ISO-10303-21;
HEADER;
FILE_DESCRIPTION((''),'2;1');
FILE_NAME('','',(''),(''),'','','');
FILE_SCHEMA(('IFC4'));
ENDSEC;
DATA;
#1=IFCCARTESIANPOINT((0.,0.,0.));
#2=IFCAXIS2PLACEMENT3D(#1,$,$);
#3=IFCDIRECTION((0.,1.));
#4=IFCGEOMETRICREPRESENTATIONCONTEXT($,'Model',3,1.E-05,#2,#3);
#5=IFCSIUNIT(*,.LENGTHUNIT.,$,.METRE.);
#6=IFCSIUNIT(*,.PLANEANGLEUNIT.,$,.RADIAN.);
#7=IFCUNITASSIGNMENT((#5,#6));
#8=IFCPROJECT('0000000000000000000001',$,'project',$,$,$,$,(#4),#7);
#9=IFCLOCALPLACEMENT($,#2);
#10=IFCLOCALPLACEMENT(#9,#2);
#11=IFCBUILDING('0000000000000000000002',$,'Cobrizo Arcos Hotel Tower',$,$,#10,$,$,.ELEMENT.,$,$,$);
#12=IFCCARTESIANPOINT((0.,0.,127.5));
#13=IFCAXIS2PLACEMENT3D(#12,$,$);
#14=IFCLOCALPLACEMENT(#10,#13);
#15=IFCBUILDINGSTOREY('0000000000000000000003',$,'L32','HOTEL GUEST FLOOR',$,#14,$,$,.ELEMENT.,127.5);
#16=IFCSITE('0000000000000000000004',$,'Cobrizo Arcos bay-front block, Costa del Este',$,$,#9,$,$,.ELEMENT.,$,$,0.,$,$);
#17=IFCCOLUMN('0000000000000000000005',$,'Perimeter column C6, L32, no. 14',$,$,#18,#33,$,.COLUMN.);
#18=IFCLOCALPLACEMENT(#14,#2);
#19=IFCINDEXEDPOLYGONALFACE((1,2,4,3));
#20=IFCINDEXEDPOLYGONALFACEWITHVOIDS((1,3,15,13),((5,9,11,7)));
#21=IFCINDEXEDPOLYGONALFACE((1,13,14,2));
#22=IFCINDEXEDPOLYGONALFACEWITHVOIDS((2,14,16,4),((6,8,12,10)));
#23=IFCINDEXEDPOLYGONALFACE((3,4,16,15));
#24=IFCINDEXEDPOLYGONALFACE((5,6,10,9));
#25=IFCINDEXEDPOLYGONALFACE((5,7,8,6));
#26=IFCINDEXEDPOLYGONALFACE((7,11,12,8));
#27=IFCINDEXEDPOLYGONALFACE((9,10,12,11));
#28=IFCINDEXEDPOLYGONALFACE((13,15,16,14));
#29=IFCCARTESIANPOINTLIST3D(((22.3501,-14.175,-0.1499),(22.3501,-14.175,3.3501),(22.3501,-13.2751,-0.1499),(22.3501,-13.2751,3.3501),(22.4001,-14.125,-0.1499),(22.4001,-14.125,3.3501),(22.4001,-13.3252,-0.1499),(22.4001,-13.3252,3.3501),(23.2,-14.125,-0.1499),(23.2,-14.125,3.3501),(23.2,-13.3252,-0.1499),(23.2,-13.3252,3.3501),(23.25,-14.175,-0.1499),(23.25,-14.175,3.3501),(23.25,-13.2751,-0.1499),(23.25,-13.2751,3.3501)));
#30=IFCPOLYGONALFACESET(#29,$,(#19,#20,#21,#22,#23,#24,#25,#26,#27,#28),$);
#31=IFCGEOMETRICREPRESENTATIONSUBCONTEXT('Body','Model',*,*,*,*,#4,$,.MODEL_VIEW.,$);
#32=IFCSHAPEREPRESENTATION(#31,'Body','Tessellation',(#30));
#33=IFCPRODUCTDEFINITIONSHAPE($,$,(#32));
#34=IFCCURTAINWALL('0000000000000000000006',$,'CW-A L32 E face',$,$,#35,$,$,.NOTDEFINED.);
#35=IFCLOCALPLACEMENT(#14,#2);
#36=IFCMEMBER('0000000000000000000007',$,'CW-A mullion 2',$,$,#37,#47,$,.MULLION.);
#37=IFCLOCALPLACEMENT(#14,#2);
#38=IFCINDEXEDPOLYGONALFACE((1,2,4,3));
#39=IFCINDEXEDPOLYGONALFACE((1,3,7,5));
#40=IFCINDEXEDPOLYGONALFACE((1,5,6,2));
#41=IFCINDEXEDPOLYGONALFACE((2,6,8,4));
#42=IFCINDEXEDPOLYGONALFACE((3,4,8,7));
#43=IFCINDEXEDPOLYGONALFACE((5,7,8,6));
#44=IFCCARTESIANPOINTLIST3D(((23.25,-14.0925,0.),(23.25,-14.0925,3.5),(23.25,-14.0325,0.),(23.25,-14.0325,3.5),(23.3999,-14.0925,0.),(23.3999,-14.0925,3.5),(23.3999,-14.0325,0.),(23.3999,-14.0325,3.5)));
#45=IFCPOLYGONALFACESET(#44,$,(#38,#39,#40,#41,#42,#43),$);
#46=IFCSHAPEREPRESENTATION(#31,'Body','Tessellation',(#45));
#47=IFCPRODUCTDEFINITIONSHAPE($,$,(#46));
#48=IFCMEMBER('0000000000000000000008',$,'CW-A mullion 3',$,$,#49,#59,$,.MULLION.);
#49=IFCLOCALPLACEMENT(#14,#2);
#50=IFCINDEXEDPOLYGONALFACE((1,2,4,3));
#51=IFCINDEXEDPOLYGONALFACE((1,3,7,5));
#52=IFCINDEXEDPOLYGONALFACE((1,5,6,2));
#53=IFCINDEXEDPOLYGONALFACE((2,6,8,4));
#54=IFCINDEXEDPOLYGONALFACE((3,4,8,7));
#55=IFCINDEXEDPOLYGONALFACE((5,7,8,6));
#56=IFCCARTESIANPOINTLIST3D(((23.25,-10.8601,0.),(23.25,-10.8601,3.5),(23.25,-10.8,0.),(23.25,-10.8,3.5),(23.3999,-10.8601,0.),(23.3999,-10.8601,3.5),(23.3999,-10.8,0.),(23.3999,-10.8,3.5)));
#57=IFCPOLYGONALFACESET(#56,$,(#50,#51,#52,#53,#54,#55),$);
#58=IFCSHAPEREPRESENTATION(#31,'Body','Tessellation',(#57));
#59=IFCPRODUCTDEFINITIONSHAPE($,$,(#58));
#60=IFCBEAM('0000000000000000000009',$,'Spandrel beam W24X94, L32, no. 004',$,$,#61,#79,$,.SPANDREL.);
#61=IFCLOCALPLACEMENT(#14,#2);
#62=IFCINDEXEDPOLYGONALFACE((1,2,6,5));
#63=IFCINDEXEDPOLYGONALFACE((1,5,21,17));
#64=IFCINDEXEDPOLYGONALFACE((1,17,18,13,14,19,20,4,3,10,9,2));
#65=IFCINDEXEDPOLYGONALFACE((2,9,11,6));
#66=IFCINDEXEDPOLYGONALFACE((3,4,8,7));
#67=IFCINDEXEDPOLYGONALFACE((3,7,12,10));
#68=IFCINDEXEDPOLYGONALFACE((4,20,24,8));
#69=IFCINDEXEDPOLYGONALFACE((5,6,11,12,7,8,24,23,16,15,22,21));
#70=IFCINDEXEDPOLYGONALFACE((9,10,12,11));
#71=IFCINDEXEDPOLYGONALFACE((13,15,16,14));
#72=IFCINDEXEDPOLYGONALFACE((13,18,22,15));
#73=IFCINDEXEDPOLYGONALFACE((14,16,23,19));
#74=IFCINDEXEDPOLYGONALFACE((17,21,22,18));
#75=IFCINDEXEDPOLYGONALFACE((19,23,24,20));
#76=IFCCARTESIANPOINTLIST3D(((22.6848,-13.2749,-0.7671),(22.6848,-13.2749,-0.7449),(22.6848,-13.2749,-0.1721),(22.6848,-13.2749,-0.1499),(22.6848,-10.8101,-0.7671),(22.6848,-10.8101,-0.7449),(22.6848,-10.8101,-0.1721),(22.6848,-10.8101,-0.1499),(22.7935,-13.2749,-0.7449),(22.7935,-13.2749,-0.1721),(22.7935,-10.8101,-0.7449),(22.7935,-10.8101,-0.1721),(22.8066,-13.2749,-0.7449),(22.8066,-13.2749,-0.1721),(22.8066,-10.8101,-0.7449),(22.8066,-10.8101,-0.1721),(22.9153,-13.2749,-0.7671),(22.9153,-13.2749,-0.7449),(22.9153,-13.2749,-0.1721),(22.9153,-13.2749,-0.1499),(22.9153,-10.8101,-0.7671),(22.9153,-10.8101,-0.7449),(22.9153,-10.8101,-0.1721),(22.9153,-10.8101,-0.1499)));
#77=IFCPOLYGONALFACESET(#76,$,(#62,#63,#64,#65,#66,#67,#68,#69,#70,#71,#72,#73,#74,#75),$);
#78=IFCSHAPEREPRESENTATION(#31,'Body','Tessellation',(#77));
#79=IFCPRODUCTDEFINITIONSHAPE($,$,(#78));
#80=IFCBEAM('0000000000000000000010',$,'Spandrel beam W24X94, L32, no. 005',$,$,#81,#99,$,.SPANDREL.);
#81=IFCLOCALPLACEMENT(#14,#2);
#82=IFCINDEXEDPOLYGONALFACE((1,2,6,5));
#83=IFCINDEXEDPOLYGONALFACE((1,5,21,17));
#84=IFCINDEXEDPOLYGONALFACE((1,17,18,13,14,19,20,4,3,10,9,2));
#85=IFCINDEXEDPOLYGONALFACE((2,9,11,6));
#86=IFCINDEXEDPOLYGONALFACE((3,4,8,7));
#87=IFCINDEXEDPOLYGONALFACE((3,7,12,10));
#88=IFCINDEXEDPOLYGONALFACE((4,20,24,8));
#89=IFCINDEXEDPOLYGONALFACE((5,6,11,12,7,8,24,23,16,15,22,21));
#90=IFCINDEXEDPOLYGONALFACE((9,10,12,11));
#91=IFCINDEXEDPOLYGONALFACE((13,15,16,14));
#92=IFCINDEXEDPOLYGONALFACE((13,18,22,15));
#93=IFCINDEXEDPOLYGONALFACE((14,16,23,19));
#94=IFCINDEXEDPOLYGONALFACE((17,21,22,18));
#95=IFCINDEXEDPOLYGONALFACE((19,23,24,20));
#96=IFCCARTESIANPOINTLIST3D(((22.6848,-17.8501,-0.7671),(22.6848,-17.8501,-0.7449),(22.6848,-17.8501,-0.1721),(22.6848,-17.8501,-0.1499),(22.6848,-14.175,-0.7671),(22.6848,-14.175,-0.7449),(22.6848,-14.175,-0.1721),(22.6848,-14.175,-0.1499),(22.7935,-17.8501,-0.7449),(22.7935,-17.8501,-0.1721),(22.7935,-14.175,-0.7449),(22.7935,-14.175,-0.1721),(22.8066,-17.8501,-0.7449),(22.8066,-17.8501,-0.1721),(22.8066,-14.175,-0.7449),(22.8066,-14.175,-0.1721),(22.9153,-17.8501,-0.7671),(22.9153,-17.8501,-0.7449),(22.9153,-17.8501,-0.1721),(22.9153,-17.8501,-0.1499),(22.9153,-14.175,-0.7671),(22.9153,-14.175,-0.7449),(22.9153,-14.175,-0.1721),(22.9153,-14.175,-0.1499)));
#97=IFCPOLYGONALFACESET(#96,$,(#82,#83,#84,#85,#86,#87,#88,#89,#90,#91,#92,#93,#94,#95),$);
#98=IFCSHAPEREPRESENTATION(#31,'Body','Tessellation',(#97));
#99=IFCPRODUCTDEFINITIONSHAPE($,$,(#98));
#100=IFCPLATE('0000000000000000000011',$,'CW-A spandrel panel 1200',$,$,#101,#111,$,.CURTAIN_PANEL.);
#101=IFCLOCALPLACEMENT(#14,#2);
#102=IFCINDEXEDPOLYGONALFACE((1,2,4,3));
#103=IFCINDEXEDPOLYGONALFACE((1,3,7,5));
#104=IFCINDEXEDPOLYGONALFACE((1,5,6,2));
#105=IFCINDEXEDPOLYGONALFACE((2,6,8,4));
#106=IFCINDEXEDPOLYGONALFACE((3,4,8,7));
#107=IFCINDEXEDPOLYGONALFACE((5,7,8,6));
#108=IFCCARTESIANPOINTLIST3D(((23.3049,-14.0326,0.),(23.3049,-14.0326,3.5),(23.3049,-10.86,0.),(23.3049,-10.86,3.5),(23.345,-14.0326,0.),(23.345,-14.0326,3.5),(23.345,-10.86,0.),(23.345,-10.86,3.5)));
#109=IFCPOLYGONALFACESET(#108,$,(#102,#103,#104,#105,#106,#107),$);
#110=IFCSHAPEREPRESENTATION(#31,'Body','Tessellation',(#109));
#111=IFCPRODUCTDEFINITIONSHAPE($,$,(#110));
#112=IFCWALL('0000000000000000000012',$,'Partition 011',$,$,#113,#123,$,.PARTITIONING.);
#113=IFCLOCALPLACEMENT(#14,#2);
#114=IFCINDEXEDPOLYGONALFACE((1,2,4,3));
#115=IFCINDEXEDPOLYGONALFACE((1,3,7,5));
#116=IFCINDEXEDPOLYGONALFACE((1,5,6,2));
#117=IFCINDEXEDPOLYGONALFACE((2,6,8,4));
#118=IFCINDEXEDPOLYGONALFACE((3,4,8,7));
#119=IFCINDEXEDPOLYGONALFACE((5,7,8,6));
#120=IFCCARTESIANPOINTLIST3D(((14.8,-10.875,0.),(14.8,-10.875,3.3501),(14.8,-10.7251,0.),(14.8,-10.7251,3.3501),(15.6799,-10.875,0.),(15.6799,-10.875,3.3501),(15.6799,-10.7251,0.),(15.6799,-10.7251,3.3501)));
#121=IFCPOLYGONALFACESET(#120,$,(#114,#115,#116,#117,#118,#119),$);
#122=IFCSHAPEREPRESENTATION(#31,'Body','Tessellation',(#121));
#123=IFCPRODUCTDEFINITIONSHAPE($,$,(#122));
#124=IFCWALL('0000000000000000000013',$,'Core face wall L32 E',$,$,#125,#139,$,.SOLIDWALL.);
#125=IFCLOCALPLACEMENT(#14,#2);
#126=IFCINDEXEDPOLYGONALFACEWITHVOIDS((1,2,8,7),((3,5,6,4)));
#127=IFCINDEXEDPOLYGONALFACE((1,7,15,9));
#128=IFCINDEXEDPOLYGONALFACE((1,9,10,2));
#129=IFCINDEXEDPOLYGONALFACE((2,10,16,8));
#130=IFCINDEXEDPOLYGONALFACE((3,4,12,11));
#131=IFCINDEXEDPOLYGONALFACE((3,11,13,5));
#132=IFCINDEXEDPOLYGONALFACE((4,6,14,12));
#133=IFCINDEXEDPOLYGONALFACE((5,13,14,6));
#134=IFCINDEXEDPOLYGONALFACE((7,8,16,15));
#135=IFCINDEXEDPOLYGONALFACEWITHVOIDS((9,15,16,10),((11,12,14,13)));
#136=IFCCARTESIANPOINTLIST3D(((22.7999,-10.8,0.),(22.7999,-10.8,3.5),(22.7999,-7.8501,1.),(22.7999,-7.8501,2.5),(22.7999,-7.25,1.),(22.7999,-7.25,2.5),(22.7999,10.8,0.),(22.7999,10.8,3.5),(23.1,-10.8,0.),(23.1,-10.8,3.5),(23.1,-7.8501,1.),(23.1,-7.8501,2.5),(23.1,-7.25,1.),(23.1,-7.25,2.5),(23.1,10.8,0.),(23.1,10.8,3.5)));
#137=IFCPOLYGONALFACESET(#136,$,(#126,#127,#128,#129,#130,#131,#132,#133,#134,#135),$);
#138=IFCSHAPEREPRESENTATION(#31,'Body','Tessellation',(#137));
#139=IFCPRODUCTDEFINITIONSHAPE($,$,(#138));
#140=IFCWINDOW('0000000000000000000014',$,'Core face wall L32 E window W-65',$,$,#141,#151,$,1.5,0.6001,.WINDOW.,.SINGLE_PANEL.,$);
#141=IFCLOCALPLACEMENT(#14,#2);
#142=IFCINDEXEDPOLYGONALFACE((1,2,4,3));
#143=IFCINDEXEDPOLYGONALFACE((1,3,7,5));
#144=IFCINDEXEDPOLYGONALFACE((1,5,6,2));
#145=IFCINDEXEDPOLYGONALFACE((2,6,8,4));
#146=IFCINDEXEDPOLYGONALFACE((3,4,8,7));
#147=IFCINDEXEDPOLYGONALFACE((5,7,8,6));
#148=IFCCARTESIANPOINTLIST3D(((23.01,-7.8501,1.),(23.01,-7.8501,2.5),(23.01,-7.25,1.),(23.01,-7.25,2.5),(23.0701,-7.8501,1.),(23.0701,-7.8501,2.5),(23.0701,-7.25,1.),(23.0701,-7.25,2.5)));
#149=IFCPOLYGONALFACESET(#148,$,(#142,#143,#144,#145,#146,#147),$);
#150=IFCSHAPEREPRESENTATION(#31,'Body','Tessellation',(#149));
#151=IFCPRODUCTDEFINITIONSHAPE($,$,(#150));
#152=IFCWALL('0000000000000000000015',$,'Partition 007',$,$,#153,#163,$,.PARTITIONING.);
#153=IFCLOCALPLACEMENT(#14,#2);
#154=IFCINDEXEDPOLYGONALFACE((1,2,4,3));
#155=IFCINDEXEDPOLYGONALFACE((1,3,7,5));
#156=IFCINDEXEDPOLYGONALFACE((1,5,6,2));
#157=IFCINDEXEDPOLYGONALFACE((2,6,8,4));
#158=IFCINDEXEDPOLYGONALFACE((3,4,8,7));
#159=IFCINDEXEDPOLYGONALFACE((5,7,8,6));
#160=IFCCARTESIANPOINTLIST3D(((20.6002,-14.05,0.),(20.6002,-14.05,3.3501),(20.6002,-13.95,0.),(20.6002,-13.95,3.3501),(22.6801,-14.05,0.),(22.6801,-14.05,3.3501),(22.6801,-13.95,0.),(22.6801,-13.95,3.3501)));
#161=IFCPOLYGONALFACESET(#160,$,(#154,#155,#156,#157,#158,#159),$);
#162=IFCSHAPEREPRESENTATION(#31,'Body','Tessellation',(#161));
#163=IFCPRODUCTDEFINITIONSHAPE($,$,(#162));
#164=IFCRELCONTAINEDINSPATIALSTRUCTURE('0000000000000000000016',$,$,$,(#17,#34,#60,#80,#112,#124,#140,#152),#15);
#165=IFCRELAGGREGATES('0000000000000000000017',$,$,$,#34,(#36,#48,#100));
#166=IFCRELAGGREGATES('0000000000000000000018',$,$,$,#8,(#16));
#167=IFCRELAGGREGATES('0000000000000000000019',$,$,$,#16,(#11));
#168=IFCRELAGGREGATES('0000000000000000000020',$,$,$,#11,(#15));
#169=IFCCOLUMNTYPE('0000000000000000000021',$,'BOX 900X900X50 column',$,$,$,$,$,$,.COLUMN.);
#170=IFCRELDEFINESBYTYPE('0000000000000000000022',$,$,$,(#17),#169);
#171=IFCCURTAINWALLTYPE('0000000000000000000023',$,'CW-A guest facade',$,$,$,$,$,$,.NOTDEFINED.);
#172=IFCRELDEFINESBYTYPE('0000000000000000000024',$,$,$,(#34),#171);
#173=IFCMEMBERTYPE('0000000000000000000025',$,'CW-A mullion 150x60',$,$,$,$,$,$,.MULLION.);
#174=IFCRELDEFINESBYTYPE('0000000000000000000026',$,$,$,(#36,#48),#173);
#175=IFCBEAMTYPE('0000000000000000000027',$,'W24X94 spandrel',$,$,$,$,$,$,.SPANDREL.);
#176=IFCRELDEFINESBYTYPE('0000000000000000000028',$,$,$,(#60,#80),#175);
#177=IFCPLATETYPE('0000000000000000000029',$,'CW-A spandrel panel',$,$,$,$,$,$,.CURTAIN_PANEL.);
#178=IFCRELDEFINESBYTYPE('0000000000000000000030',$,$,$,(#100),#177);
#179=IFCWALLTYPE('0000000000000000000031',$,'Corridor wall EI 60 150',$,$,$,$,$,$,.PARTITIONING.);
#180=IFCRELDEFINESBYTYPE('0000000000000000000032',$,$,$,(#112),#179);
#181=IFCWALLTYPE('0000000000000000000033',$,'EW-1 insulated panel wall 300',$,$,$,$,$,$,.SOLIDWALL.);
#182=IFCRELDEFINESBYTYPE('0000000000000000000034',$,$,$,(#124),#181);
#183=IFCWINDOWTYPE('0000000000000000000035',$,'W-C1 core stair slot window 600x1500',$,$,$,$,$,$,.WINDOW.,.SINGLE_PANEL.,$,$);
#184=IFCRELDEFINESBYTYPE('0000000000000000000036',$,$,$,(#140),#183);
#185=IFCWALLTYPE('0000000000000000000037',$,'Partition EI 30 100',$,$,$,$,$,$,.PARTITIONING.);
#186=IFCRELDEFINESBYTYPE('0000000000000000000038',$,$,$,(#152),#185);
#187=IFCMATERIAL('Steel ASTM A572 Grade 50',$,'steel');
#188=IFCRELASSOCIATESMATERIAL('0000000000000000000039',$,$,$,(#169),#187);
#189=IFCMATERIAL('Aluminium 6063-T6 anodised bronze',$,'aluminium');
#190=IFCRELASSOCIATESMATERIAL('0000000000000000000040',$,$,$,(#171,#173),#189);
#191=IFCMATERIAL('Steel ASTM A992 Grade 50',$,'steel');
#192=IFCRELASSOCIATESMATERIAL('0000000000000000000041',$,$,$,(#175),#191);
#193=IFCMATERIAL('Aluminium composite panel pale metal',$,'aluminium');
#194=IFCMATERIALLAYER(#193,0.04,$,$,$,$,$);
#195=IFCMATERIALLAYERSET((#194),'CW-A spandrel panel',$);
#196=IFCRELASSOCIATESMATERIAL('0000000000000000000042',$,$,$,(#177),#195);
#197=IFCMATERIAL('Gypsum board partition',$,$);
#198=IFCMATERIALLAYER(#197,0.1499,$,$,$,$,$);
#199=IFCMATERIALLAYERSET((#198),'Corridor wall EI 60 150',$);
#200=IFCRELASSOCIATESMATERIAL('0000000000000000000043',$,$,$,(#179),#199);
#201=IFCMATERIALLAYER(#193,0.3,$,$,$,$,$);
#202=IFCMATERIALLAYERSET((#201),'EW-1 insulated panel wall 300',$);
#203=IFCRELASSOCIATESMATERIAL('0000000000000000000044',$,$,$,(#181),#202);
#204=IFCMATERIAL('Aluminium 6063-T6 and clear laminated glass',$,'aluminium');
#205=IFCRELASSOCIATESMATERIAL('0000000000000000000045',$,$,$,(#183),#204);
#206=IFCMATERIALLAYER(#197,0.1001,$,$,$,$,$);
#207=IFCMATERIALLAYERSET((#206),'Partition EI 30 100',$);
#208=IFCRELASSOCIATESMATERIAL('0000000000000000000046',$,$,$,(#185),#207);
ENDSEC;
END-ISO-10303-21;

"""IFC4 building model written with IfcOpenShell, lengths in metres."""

from ifc_helpers import new_model, si_unit, direction, frame, frame_2d, origin, origin_2d, place, context, subcontext, project, spatial, rectangle, hollow_rectangle, i_section, extrude, material, layer, layer_set, material_profile, profile_set, type_object, element, fill, aggregate, save


model = new_model("IFC4")

# Units and contexts
model_context = context("Model", 3, precision=1e-05, world=origin(), true_north=direction((0.0, 1.0)))
body_context = subcontext(model_context, "Body", "Model", "MODEL_VIEW")
ifc_project = project(units=[si_unit("LENGTHUNIT", "METRE"), si_unit("PLANEANGLEUNIT", "RADIAN")], contexts=[model_context])

# Site, building, storey
site_placement = place(None, origin())
site = spatial("IfcSite", under=ifc_project, at=site_placement, Name="Cobrizo Arcos bay-front block, Costa del Este", CompositionType="ELEMENT", RefElevation=0.0)
building_placement = place(site_placement, origin())
building = spatial("IfcBuilding", under=site, at=building_placement, Name="Cobrizo Arcos Hotel Tower", CompositionType="ELEMENT")
storey_placement = place(building_placement, frame((0.0, 0.0, 127.5)))
storey = spatial("IfcBuildingStorey", under=building, at=storey_placement, Name="L32", Description="HOTEL GUEST FLOOR", CompositionType="ELEMENT", Elevation=127.5)

# Column
ifc_material_1 = material(Name="Steel ASTM A572 Grade 50", Category="steel")
ifc_material_profile_1 = material_profile(ifc_material_1, hollow_rectangle(XDim=0.8999, YDim=0.8999, WallThickness=0.05, at=origin_2d()), Name="BOX 900X900X50")
ifc_profile_set_1 = profile_set([ifc_material_profile_1], Name="Steel ASTM A572 Grade 50")
column_type = type_object("IfcColumnType", Name="BOX 900X900X50 column", PredefinedType="COLUMN", material=ifc_profile_set_1)
column_placement = place(storey_placement, frame((22.8, -13.7251, -0.1499), z_axis=(0.0, 0.0, 1.0), x_axis=(1.0, 0.0, 0.0)))
element("IfcColumn", 1, at=column_placement, inside=storey, type_object=column_type, Name="Perimeter column C6, L32, no. 14", PredefinedType="COLUMN", context=body_context, shape_type="SweptSolid", body=[
    extrude(hollow_rectangle(XDim=0.8999, YDim=0.8999, WallThickness=0.05, at=origin_2d()), origin(), (0.0, 0.0, 1.0), 3.5),
])

# Curtain wall, members
ifc_material_2 = material(Name="Aluminium 6063-T6 anodised bronze", Category="aluminium")
curtain_wall_type = type_object("IfcCurtainWallType", Name="CW-A guest facade", PredefinedType="NOTDEFINED", material=ifc_material_2)
curtain_wall_placement = place(storey_placement, origin())
curtain_wall = element("IfcCurtainWall", 2, at=curtain_wall_placement, inside=storey, type_object=curtain_wall_type, Name="CW-A L32 E face", PredefinedType="NOTDEFINED")
ifc_material_profile_2 = material_profile(ifc_material_2, rectangle(XDim=0.1499, YDim=0.0601, at=origin_2d()), Name="CW-A mullion 150x60")
ifc_profile_set_2 = profile_set([ifc_material_profile_2], Name="Aluminium 6063-T6 anodised bronze")
member_type = type_object("IfcMemberType", Name="CW-A mullion 150x60", PredefinedType="MULLION", material=ifc_profile_set_2)
member_1_placement = place(storey_placement, frame((23.325, -14.0625, 0.0), z_axis=(0.0, 0.0, 1.0), x_axis=(1.0, 0.0, 0.0)))
member_1 = element("IfcMember", 3, at=member_1_placement, type_object=member_type, Name="CW-A mullion 2", PredefinedType="MULLION", context=body_context, shape_type="SweptSolid", body=[
    extrude(rectangle(XDim=0.1499, YDim=0.0601, at=origin_2d()), origin(), (0.0, 0.0, 1.0), 3.5),
])
member_2_placement = place(storey_placement, frame((23.325, -10.8301, 0.0), z_axis=(0.0, 0.0, 1.0), x_axis=(1.0, 0.0, 0.0)))
member_2 = element("IfcMember", 4, at=member_2_placement, type_object=member_type, Name="CW-A mullion 3", PredefinedType="MULLION", context=body_context, shape_type="SweptSolid", body=[
    extrude(rectangle(XDim=0.1499, YDim=0.0601, at=origin_2d()), origin(), (0.0, 0.0, 1.0), 3.5),
])

# Beams
ifc_material_3 = material(Name="Steel ASTM A992 Grade 50", Category="steel")
ifc_material_profile_3 = material_profile(ifc_material_3, i_section(OverallWidth=0.2305, OverallDepth=0.6172, WebThickness=0.0132, FlangeThickness=0.0222, at=origin_2d()), Name="W24X94")
ifc_profile_set_3 = profile_set([ifc_material_profile_3], Name="Steel ASTM A992 Grade 50")
beam_type = type_object("IfcBeamType", Name="W24X94 spandrel", PredefinedType="SPANDREL", material=ifc_profile_set_3)
beam_1_placement = place(storey_placement, frame((22.8, -10.8101, -0.4585), z_axis=(0.0, -1.0, 0.0), x_axis=(1.0, 0.0, 0.0)))
element("IfcBeam", 5, at=beam_1_placement, inside=storey, type_object=beam_type, Name="Spandrel beam W24X94, L32, no. 004", PredefinedType="SPANDREL", context=body_context, shape_type="SweptSolid", body=[
    extrude(i_section(OverallWidth=0.2305, OverallDepth=0.6172, WebThickness=0.0132, FlangeThickness=0.0222, at=origin_2d()), origin(), (0.0, 0.0, 1.0), 2.4648),
])
beam_2_placement = place(storey_placement, frame((22.8, -14.175, -0.4585), z_axis=(0.0, -1.0, 0.0), x_axis=(1.0, 0.0, 0.0)))
element("IfcBeam", 6, at=beam_2_placement, inside=storey, type_object=beam_type, Name="Spandrel beam W24X94, L32, no. 005", PredefinedType="SPANDREL", context=body_context, shape_type="SweptSolid", body=[
    extrude(i_section(OverallWidth=0.2305, OverallDepth=0.6172, WebThickness=0.0132, FlangeThickness=0.0222, at=origin_2d()), origin(), (0.0, 0.0, 1.0), 3.675),
])

# Plate
ifc_material_4 = material(Name="Aluminium composite panel pale metal", Category="aluminium")
ifc_layer_1 = layer(ifc_material_4, 0.04)
ifc_layer_set_1 = layer_set([ifc_layer_1], Name="CW-A spandrel panel")
plate_type = type_object("IfcPlateType", Name="CW-A spandrel panel", PredefinedType="CURTAIN_PANEL", material=ifc_layer_set_1)
plate_placement = place(storey_placement, frame((23.325, -12.4463, 0.0), z_axis=(0.0, 0.0, 1.0), x_axis=(0.0, 1.0, 0.0)))
plate = element("IfcPlate", 7, at=plate_placement, type_object=plate_type, Name="CW-A spandrel panel 1200", PredefinedType="CURTAIN_PANEL", context=body_context, shape_type="SweptSolid", body=[
    extrude(rectangle(XDim=3.1726, YDim=0.04, at=origin_2d()), origin(), (0.0, 0.0, 1.0), 3.5),
])
aggregate(curtain_wall, [member_1, member_2, plate])

# Wall
ifc_material_5 = material(Name="Gypsum board partition")
ifc_layer_2 = layer(ifc_material_5, 0.1499)
ifc_layer_set_2 = layer_set([ifc_layer_2], Name="Corridor wall EI 60 150")
wall_type_1 = type_object("IfcWallType", Name="Corridor wall EI 60 150", PredefinedType="PARTITIONING", material=ifc_layer_set_2)
wall_1_placement = place(storey_placement, frame((14.8, -10.8, 0.0), z_axis=(0.0, 0.0, 1.0), x_axis=(1.0, 0.0, 0.0)))
element("IfcWall", 8, at=wall_1_placement, inside=storey, type_object=wall_type_1, Name="Partition 011", PredefinedType="PARTITIONING", context=body_context, shape_type="SweptSolid", body=[
    extrude(rectangle(XDim=0.8799, YDim=0.1499, at=frame_2d((0.4399, 0.0))), origin(), (0.0, 0.0, 1.0), 3.3501),
])

# Wall, opening, window
ifc_layer_3 = layer(ifc_material_4, 0.3)
ifc_layer_set_3 = layer_set([ifc_layer_3], Name="EW-1 insulated panel wall 300")
wall_type_2 = type_object("IfcWallType", Name="EW-1 insulated panel wall 300", PredefinedType="SOLIDWALL", material=ifc_layer_set_3)
wall_2_placement = place(storey_placement, frame((22.95, -10.8, 0.0), z_axis=(0.0, 0.0, 1.0), x_axis=(0.0, 1.0, 0.0)))
wall_2 = element("IfcWall", 9, at=wall_2_placement, inside=storey, type_object=wall_type_2, Name="Core face wall L32 E", PredefinedType="SOLIDWALL", context=body_context, shape_type="SweptSolid", body=[
    extrude(rectangle(XDim=21.6001, YDim=0.3, at=frame_2d((10.8, 0.0))), origin(), (0.0, 0.0, 1.0), 3.5),
])
opening_1_placement = place(wall_2_placement, frame((2.95, 0.0, 1.0)))
opening_1 = element("IfcOpeningElement", 10, at=opening_1_placement, cuts=wall_2, PredefinedType="OPENING", context=body_context, shape_type="SweptSolid", body=[
    extrude(rectangle(XDim=0.6001, YDim=1.5, at=frame_2d((0.3, 0.75))), frame((0.0, 0.1621, 0.0), z_axis=(0.0, -1.0, 0.0), x_axis=(1.0, 0.0, 0.0)), (0.0, 0.0, 1.0), 0.324),
])
ifc_material_6 = material(Name="Aluminium 6063-T6 and clear laminated glass", Category="aluminium")
window_type = type_object("IfcWindowType", Name="W-C1 core stair slot window 600x1500", PartitioningType="SINGLE_PANEL", PredefinedType="WINDOW", material=ifc_material_6)
window_placement = place(opening_1_placement, origin())
window = element("IfcWindow", 11, at=window_placement, inside=storey, type_object=window_type, Name="Core face wall L32 E window W-65", OverallHeight=1.5, OverallWidth=0.6001, PartitioningType="SINGLE_PANEL", PredefinedType="WINDOW", context=body_context, shape_type="SweptSolid", body=[
    extrude(rectangle(XDim=0.6001, YDim=1.5, at=frame_2d((0.3, 0.75))), frame((0.0, -0.0601, 0.0), z_axis=(0.0, -1.0, 0.0), x_axis=(1.0, 0.0, 0.0)), (0.0, 0.0, 1.0), 0.0601),
])
fill(opening_1, window)

# Wall
ifc_layer_4 = layer(ifc_material_5, 0.1001)
ifc_layer_set_4 = layer_set([ifc_layer_4], Name="Partition EI 30 100")
wall_type_3 = type_object("IfcWallType", Name="Partition EI 30 100", PredefinedType="PARTITIONING", material=ifc_layer_set_4)
wall_3_placement = place(storey_placement, frame((20.6001, -14.0, 0.0), z_axis=(0.0, 0.0, 1.0), x_axis=(1.0, 0.0, 0.0)))
element("IfcWall", 12, at=wall_3_placement, inside=storey, type_object=wall_type_3, Name="Partition 007", PredefinedType="PARTITIONING", context=body_context, shape_type="SweptSolid", body=[
    extrude(rectangle(XDim=2.0798, YDim=0.1001, at=frame_2d((1.04, 0.0))), origin(), (0.0, 0.0, 1.0), 3.3501),
])

save(model, "model.ifc")
